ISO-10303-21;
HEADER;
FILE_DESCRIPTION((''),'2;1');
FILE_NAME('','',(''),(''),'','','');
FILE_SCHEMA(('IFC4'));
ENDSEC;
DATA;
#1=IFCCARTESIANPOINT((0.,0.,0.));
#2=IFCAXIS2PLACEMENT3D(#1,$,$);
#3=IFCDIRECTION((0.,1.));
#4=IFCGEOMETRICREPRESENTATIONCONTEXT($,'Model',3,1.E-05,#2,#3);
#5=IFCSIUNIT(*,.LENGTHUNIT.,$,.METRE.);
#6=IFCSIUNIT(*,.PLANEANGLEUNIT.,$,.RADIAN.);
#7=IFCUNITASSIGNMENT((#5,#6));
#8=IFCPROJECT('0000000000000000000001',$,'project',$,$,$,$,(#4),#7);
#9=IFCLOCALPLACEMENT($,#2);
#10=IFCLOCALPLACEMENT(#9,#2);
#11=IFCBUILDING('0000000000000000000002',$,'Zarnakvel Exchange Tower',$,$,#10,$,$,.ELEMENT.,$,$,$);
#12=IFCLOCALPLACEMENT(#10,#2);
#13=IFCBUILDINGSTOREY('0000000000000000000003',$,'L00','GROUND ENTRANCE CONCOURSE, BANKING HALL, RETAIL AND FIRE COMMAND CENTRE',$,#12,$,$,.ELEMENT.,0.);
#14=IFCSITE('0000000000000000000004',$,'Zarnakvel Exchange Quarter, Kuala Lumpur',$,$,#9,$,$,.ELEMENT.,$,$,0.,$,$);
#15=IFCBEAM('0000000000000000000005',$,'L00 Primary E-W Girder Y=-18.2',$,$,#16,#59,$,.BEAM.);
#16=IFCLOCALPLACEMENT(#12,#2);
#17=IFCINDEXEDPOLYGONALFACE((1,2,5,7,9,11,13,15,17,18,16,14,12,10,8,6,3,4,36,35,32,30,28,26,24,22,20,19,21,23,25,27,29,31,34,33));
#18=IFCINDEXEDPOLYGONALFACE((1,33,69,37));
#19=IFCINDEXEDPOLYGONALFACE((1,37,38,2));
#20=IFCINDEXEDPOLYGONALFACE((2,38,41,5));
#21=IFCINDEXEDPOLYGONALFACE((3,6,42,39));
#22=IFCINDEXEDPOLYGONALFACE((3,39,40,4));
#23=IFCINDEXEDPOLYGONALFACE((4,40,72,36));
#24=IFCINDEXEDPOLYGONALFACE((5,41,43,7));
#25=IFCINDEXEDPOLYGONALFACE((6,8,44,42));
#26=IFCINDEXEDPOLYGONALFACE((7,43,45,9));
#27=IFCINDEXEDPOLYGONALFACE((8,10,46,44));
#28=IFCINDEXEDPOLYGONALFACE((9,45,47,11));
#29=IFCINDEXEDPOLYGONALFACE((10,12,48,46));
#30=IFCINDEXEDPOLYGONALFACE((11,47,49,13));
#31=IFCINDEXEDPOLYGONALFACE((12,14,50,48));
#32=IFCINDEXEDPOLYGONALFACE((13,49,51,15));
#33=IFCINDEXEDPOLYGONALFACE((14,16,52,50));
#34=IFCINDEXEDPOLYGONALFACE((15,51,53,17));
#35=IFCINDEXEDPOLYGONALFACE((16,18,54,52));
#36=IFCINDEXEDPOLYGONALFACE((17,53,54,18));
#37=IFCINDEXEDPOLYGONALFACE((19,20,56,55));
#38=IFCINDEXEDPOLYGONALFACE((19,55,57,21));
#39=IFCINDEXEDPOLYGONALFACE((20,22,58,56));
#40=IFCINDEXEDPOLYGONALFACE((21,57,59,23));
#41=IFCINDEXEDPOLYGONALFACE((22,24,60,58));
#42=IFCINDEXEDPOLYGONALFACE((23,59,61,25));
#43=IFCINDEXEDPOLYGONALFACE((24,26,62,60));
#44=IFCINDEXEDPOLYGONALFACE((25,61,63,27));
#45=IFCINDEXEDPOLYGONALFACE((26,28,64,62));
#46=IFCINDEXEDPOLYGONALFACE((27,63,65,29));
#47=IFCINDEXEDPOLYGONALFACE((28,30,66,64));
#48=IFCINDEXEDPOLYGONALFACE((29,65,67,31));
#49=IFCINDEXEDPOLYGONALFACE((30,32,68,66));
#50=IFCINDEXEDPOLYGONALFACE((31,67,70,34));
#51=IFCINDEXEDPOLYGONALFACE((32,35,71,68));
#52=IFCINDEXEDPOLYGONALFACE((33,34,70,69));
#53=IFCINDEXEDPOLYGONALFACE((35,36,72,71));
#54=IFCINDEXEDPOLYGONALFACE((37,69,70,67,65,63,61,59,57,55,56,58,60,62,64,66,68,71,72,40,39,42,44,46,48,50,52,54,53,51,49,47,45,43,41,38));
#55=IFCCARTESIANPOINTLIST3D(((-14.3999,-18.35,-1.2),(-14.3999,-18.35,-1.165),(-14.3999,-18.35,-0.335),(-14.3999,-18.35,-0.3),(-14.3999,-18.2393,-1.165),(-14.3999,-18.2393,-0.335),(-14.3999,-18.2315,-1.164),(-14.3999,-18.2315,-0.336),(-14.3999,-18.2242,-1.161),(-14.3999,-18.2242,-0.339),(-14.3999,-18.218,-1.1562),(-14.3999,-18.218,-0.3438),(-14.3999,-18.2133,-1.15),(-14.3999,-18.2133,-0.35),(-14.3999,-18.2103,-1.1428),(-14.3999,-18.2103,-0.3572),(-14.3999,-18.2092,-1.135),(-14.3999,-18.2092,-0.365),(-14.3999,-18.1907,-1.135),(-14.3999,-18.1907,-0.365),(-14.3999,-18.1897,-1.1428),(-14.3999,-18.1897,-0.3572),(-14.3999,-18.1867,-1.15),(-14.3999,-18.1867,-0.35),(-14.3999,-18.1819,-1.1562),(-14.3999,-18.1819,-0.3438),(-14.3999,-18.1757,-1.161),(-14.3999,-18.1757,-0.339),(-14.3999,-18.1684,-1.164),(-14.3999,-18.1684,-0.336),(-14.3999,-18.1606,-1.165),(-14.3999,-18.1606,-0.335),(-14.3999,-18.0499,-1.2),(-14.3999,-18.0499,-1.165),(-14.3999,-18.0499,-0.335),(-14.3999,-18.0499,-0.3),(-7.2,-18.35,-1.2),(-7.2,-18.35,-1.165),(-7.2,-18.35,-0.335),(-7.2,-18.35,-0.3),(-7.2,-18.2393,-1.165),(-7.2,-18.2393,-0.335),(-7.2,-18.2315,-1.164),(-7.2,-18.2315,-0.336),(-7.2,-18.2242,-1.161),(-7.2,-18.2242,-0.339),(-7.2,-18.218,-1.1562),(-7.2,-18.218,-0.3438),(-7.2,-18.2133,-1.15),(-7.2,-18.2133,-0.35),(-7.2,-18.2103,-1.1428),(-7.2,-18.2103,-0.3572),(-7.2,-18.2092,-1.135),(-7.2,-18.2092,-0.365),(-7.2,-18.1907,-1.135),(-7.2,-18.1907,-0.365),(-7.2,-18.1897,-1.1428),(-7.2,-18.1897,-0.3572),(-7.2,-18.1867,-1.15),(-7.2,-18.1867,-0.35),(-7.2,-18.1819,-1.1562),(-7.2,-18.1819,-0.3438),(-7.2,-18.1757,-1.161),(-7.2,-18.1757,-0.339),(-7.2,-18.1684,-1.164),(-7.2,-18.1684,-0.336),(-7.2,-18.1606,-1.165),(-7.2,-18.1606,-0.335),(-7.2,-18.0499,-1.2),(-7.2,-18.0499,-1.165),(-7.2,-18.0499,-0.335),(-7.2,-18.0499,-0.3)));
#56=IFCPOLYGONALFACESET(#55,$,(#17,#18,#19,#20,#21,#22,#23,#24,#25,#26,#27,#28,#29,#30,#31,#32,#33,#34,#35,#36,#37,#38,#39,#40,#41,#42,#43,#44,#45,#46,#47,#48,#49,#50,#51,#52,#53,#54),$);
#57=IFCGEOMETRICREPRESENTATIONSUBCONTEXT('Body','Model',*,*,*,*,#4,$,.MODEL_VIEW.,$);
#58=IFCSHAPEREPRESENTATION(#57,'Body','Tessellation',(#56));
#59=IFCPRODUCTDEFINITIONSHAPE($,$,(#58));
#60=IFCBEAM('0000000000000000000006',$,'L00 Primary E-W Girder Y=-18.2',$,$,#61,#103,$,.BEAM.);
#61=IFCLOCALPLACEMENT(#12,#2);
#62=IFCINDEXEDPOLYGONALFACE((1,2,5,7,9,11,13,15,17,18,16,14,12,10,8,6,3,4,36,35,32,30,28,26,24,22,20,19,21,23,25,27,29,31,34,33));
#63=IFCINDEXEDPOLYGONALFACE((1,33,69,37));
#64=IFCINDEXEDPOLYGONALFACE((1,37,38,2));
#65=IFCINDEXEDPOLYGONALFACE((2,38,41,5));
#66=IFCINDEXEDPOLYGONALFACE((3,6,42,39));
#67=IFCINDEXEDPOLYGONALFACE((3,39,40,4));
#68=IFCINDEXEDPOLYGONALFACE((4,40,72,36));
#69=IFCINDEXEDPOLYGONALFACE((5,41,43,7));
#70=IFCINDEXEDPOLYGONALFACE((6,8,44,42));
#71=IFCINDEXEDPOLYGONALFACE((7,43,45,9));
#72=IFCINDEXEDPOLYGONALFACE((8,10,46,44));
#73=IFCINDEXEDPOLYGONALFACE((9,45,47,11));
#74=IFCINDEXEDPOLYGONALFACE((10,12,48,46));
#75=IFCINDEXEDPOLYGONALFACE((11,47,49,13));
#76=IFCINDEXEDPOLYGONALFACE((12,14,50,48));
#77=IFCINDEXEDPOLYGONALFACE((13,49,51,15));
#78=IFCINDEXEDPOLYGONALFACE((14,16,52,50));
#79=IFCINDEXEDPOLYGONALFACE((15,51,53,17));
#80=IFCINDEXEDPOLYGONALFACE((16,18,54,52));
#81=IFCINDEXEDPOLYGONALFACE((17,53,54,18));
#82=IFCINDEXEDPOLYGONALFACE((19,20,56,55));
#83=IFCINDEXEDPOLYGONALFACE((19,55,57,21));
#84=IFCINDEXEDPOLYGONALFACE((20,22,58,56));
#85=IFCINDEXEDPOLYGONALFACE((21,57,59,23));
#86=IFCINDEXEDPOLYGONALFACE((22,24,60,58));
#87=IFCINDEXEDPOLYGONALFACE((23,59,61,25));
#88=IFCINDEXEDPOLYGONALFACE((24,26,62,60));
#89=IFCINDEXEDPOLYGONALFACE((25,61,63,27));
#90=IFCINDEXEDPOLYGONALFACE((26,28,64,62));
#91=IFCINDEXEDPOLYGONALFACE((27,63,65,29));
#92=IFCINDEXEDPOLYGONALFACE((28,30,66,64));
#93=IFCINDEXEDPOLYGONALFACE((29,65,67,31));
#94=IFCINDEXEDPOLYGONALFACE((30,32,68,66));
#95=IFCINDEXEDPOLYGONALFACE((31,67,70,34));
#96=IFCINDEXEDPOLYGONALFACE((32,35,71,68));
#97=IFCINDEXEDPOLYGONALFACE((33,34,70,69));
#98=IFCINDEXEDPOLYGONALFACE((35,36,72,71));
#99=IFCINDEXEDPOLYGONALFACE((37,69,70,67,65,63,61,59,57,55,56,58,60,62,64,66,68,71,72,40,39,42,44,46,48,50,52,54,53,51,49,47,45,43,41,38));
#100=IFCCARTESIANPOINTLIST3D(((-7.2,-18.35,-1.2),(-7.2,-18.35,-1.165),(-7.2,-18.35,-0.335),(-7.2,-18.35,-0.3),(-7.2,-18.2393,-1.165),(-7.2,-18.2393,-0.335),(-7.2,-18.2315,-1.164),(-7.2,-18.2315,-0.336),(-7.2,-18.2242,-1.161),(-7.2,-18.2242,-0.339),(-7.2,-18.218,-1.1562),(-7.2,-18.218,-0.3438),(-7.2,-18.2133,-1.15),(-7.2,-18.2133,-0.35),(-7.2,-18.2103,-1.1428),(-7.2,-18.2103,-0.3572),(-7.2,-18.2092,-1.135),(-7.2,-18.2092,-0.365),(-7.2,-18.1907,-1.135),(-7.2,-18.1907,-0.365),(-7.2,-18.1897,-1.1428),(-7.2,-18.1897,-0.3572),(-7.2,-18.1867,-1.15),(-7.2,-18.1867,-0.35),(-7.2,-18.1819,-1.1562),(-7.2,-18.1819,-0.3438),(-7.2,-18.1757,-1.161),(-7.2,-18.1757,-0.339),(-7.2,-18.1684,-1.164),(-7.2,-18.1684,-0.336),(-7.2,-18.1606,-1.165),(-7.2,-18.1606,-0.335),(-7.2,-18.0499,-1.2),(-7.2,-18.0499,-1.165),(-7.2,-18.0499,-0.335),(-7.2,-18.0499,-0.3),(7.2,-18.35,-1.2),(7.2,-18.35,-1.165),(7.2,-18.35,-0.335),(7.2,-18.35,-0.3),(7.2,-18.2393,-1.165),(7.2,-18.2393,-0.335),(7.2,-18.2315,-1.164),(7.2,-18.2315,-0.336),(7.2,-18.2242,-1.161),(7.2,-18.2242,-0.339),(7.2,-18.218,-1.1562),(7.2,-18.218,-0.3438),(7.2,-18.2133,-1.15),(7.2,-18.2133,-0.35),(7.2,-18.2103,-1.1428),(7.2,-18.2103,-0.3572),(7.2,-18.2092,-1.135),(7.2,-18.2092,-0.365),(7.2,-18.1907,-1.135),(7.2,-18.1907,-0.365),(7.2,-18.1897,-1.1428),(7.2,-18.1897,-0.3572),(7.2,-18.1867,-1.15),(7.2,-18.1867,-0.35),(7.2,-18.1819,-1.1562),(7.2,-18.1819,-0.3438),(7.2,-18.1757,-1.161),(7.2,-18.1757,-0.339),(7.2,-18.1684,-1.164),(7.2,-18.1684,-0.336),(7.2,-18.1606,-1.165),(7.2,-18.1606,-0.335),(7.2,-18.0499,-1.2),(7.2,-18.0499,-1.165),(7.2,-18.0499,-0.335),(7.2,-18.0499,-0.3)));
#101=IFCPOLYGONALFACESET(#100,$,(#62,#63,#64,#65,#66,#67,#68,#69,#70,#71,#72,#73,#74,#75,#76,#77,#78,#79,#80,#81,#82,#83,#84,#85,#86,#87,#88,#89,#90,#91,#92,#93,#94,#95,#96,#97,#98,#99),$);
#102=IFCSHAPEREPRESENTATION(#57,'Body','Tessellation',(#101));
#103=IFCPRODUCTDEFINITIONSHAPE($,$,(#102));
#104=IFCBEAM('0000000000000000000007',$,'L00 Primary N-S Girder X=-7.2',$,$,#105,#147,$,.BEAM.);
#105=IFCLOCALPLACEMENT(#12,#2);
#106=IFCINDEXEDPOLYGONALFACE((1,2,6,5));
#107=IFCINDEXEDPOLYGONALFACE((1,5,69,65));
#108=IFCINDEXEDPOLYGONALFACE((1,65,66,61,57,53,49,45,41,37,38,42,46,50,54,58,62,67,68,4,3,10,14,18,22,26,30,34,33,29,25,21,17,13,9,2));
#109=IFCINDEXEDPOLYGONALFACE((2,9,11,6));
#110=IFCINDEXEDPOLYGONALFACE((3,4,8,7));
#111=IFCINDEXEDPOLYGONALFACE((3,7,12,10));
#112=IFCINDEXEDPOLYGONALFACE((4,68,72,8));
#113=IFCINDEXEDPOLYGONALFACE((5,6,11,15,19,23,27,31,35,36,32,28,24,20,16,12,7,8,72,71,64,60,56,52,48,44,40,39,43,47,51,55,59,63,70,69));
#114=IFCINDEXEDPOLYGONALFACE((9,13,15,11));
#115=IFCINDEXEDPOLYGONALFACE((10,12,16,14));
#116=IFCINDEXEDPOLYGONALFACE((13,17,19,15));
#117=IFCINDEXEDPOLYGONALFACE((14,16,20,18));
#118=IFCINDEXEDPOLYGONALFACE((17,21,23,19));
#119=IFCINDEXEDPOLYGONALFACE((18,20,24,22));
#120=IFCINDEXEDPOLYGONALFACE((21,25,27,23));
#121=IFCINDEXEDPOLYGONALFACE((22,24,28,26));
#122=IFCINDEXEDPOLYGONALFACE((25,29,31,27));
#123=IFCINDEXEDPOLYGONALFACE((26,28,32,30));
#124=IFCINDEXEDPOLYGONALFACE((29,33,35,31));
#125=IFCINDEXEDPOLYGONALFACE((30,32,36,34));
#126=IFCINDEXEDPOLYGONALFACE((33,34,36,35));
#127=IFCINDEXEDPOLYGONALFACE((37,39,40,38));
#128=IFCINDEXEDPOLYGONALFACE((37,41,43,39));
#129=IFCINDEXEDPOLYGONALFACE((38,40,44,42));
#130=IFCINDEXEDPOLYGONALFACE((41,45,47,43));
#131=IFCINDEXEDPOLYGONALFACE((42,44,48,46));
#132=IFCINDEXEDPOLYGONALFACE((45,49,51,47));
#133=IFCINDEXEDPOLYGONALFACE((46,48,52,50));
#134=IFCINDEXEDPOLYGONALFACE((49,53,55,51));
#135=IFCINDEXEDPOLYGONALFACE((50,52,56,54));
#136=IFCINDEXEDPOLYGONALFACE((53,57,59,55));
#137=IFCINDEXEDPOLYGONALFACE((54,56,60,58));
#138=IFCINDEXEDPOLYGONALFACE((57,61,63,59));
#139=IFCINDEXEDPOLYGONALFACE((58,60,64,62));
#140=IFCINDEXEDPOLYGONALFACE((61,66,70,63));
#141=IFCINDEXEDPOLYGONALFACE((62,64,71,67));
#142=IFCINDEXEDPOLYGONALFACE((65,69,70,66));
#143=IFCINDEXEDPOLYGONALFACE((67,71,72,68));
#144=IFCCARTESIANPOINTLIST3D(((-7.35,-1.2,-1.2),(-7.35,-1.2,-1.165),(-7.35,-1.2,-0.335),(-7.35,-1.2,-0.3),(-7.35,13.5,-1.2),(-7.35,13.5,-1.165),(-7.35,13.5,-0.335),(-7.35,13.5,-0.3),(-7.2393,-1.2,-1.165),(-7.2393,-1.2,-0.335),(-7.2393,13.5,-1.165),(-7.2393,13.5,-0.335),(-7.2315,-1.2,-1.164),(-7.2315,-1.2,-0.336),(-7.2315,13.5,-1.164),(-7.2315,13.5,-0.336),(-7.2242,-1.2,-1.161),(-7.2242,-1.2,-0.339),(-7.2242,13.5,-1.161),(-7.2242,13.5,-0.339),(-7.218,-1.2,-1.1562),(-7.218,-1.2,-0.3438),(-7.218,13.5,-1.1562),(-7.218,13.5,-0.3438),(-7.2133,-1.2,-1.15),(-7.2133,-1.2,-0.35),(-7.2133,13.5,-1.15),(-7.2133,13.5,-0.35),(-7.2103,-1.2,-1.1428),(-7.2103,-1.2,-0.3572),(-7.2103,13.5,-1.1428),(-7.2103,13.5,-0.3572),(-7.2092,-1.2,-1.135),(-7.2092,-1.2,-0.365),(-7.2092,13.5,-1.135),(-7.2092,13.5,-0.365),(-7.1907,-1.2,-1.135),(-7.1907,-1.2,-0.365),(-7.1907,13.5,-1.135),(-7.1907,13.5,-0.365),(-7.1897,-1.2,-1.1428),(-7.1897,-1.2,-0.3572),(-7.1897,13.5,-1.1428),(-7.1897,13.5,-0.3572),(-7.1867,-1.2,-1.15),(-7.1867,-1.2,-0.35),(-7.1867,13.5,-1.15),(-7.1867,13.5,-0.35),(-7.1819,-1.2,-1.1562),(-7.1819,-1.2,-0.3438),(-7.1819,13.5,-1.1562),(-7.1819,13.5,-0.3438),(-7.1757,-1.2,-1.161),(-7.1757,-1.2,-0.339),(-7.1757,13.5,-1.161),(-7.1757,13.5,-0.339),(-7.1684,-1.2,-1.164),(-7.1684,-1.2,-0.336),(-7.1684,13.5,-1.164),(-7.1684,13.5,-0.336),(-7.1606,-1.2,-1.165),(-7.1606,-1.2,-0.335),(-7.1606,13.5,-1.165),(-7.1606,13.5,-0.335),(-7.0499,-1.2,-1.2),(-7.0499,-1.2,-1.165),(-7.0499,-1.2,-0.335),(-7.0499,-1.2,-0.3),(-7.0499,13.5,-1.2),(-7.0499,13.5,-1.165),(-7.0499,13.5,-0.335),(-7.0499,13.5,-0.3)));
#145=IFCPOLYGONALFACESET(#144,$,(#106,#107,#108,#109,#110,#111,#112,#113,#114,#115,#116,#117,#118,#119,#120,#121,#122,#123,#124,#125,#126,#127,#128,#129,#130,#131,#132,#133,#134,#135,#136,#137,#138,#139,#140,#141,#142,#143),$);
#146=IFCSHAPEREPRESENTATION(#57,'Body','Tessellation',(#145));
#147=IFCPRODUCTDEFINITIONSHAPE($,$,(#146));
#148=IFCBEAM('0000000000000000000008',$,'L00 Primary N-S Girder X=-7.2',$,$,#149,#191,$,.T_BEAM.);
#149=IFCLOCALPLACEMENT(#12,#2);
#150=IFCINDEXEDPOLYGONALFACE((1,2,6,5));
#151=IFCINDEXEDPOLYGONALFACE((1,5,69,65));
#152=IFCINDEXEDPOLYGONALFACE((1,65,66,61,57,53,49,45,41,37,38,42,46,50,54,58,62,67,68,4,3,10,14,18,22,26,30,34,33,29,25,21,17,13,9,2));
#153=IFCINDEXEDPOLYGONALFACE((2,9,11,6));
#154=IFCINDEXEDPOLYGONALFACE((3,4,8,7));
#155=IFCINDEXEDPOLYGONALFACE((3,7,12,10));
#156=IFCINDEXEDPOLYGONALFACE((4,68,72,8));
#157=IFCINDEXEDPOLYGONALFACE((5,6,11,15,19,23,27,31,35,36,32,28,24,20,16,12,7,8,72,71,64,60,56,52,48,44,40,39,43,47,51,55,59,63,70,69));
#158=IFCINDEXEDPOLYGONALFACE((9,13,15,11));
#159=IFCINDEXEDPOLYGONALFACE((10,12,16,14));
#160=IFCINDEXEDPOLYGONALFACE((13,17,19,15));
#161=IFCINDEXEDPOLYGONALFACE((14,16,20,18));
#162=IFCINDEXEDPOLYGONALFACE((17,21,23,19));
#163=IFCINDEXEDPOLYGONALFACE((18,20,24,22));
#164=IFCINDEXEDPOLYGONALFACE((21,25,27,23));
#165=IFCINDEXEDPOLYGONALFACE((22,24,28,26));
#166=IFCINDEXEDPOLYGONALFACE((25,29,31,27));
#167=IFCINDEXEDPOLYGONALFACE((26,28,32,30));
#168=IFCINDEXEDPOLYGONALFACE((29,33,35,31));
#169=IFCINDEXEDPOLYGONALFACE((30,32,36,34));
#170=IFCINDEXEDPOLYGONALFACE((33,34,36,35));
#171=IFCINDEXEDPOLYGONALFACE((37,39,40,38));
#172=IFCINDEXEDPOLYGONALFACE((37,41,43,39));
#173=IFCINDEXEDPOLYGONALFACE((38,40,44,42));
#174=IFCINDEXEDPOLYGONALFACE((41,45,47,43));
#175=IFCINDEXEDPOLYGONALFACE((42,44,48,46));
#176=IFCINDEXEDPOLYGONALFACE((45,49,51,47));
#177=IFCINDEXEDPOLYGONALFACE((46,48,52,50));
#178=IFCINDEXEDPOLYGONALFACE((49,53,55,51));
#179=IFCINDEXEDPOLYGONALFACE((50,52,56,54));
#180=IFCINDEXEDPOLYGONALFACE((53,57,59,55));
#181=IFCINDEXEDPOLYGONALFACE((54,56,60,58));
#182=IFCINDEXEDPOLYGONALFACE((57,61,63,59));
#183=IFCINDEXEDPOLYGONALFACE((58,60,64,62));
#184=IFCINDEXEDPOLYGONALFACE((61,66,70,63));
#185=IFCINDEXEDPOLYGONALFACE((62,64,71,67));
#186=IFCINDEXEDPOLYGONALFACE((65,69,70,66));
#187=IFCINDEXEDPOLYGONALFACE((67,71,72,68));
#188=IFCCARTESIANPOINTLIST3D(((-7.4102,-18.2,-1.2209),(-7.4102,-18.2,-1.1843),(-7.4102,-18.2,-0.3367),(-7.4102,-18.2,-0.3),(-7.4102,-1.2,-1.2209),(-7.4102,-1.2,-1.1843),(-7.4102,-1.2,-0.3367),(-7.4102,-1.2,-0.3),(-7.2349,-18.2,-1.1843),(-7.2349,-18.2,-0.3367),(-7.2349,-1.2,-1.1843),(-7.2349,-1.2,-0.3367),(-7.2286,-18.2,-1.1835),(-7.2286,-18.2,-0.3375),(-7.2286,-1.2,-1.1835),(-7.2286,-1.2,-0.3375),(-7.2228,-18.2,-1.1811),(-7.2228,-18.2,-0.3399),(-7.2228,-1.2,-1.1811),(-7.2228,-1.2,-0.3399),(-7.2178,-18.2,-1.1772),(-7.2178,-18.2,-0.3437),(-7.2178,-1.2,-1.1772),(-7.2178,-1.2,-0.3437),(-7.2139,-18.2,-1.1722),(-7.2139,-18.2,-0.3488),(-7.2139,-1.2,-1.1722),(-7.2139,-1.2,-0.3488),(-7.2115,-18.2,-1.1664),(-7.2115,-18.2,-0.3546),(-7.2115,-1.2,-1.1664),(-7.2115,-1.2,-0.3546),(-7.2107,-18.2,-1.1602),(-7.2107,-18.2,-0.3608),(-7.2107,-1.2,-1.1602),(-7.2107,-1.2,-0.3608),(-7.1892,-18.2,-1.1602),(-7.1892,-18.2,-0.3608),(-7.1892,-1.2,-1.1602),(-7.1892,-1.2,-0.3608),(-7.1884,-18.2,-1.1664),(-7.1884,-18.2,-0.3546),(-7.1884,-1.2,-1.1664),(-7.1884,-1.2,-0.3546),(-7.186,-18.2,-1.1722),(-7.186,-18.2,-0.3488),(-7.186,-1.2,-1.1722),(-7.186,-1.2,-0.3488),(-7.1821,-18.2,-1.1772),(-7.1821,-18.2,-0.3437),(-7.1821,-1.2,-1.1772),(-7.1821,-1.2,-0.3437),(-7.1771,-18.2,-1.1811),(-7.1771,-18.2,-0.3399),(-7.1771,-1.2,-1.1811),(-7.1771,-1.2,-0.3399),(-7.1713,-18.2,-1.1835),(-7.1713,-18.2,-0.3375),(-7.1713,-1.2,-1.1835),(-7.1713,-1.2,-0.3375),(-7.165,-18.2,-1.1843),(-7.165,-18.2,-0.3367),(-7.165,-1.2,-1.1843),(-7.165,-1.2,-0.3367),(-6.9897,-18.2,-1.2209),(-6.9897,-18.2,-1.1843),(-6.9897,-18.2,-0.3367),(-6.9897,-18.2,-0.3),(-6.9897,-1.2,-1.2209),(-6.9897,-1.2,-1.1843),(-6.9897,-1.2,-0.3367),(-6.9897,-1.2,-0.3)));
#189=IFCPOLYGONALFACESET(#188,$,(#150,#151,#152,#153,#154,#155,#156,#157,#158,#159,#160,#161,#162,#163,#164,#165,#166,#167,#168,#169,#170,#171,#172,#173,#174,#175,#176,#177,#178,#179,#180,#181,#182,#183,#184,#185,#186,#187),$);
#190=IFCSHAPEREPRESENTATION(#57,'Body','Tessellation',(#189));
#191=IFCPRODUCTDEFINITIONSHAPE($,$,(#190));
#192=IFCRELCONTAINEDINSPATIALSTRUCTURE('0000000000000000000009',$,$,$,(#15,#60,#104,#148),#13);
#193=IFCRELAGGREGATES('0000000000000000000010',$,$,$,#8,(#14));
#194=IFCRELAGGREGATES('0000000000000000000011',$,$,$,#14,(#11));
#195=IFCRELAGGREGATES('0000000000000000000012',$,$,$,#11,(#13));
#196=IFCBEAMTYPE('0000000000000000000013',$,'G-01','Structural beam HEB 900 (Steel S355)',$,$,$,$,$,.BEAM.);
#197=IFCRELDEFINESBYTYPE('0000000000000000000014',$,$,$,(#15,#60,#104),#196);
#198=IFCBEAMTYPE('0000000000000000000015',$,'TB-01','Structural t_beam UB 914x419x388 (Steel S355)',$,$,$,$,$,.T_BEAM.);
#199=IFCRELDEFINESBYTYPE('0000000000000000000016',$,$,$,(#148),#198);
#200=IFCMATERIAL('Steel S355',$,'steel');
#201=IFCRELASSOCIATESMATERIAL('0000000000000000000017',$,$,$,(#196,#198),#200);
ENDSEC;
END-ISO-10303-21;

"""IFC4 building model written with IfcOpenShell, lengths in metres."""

from ifc_helpers import new_model, si_unit, direction, frame, origin, origin_2d, place, context, subcontext, project, spatial, i_section, extrude, material, material_profile, profile_set, type_object, element, save


model = new_model("IFC4")

# Units and contexts
model_context = context("Model", 3, precision=1e-05, world=origin(), true_north=direction((0.0, 1.0)))
body_context = subcontext(model_context, "Body", "Model", "MODEL_VIEW")
ifc_project = project(units=[si_unit("LENGTHUNIT", "METRE"), si_unit("PLANEANGLEUNIT", "RADIAN")], contexts=[model_context])

# Site, building, storey
site_placement = place(None, origin())
site = spatial("IfcSite", under=ifc_project, at=site_placement, Name="Zarnakvel Exchange Quarter, Kuala Lumpur", CompositionType="ELEMENT", RefElevation=0.0)
building_placement = place(site_placement, origin())
building = spatial("IfcBuilding", under=site, at=building_placement, Name="Zarnakvel Exchange Tower", CompositionType="ELEMENT")
storey_placement = place(building_placement, origin())
storey = spatial("IfcBuildingStorey", under=building, at=storey_placement, Name="L00", Description="GROUND ENTRANCE CONCOURSE, BANKING HALL, RETAIL AND FIRE COMMAND CENTRE", CompositionType="ELEMENT", Elevation=0.0)

# Beams
ifc_material_1 = material(Name="Steel S355", Category="steel")
ifc_material_profile_1 = material_profile(ifc_material_1, i_section(OverallWidth=0.3, OverallDepth=0.8999, WebThickness=0.0186, FlangeThickness=0.0349, FilletRadius=0.03, at=origin_2d()))
ifc_profile_set_1 = profile_set([ifc_material_profile_1], Name="Steel S355")
beam_type_1 = type_object("IfcBeamType", Name="G-01", Description="Structural beam HEB 900 (Steel S355)", PredefinedType="BEAM", material=ifc_profile_set_1)
beam_1_placement = place(storey_placement, frame((-14.3999, -18.2, -0.75), z_axis=(1.0, 0.0, 0.0), x_axis=(0.0, 1.0, 0.0)))
element("IfcBeam", 1, at=beam_1_placement, inside=storey, type_object=beam_type_1, Name="L00 Primary E-W Girder Y=-18.2", PredefinedType="BEAM", context=body_context, shape_type="SweptSolid", body=[
    extrude(i_section(OverallWidth=0.3, OverallDepth=0.8999, WebThickness=0.0186, FlangeThickness=0.0349, FilletRadius=0.03, at=origin_2d()), origin(), (0.0, 0.0, 1.0), 7.2),
])
beam_2_placement = place(storey_placement, frame((-7.2, -18.2, -0.75), z_axis=(1.0, 0.0, 0.0), x_axis=(0.0, 1.0, 0.0)))
element("IfcBeam", 2, at=beam_2_placement, inside=storey, type_object=beam_type_1, Name="L00 Primary E-W Girder Y=-18.2", PredefinedType="BEAM", context=body_context, shape_type="SweptSolid", body=[
    extrude(i_section(OverallWidth=0.3, OverallDepth=0.8999, WebThickness=0.0186, FlangeThickness=0.0349, FilletRadius=0.03, at=origin_2d()), origin(), (0.0, 0.0, 1.0), 14.3999),
])
beam_3_placement = place(storey_placement, frame((-7.2, -1.2, -0.75), z_axis=(0.0, 1.0, 0.0), x_axis=(-1.0, 0.0, 0.0)))
element("IfcBeam", 3, at=beam_3_placement, inside=storey, type_object=beam_type_1, Name="L00 Primary N-S Girder X=-7.2", PredefinedType="BEAM", context=body_context, shape_type="SweptSolid", body=[
    extrude(i_section(OverallWidth=0.3, OverallDepth=0.8999, WebThickness=0.0186, FlangeThickness=0.0349, FilletRadius=0.03, at=origin_2d()), origin(), (0.0, 0.0, 1.0), 14.7),
])
ifc_material_profile_2 = material_profile(ifc_material_1, i_section(OverallWidth=0.4204, OverallDepth=0.9209, WebThickness=0.0215, FlangeThickness=0.0366, FilletRadius=0.0242, at=origin_2d()))
ifc_profile_set_2 = profile_set([ifc_material_profile_2], Name="Steel S355")
beam_type_2 = type_object("IfcBeamType", Name="TB-01", Description="Structural t_beam UB 914x419x388 (Steel S355)", PredefinedType="T_BEAM", material=ifc_profile_set_2)
beam_4_placement = place(storey_placement, frame((-7.2, -18.2, -0.7605), z_axis=(0.0, 1.0, 0.0), x_axis=(-1.0, 0.0, 0.0)))
element("IfcBeam", 4, at=beam_4_placement, inside=storey, type_object=beam_type_2, Name="L00 Primary N-S Girder X=-7.2", PredefinedType="T_BEAM", context=body_context, shape_type="SweptSolid", body=[
    extrude(i_section(OverallWidth=0.4204, OverallDepth=0.9209, WebThickness=0.0215, FlangeThickness=0.0366, FilletRadius=0.0242, at=origin_2d()), origin(), (0.0, 0.0, 1.0), 17.0),
])

save(model, "model.ifc")
